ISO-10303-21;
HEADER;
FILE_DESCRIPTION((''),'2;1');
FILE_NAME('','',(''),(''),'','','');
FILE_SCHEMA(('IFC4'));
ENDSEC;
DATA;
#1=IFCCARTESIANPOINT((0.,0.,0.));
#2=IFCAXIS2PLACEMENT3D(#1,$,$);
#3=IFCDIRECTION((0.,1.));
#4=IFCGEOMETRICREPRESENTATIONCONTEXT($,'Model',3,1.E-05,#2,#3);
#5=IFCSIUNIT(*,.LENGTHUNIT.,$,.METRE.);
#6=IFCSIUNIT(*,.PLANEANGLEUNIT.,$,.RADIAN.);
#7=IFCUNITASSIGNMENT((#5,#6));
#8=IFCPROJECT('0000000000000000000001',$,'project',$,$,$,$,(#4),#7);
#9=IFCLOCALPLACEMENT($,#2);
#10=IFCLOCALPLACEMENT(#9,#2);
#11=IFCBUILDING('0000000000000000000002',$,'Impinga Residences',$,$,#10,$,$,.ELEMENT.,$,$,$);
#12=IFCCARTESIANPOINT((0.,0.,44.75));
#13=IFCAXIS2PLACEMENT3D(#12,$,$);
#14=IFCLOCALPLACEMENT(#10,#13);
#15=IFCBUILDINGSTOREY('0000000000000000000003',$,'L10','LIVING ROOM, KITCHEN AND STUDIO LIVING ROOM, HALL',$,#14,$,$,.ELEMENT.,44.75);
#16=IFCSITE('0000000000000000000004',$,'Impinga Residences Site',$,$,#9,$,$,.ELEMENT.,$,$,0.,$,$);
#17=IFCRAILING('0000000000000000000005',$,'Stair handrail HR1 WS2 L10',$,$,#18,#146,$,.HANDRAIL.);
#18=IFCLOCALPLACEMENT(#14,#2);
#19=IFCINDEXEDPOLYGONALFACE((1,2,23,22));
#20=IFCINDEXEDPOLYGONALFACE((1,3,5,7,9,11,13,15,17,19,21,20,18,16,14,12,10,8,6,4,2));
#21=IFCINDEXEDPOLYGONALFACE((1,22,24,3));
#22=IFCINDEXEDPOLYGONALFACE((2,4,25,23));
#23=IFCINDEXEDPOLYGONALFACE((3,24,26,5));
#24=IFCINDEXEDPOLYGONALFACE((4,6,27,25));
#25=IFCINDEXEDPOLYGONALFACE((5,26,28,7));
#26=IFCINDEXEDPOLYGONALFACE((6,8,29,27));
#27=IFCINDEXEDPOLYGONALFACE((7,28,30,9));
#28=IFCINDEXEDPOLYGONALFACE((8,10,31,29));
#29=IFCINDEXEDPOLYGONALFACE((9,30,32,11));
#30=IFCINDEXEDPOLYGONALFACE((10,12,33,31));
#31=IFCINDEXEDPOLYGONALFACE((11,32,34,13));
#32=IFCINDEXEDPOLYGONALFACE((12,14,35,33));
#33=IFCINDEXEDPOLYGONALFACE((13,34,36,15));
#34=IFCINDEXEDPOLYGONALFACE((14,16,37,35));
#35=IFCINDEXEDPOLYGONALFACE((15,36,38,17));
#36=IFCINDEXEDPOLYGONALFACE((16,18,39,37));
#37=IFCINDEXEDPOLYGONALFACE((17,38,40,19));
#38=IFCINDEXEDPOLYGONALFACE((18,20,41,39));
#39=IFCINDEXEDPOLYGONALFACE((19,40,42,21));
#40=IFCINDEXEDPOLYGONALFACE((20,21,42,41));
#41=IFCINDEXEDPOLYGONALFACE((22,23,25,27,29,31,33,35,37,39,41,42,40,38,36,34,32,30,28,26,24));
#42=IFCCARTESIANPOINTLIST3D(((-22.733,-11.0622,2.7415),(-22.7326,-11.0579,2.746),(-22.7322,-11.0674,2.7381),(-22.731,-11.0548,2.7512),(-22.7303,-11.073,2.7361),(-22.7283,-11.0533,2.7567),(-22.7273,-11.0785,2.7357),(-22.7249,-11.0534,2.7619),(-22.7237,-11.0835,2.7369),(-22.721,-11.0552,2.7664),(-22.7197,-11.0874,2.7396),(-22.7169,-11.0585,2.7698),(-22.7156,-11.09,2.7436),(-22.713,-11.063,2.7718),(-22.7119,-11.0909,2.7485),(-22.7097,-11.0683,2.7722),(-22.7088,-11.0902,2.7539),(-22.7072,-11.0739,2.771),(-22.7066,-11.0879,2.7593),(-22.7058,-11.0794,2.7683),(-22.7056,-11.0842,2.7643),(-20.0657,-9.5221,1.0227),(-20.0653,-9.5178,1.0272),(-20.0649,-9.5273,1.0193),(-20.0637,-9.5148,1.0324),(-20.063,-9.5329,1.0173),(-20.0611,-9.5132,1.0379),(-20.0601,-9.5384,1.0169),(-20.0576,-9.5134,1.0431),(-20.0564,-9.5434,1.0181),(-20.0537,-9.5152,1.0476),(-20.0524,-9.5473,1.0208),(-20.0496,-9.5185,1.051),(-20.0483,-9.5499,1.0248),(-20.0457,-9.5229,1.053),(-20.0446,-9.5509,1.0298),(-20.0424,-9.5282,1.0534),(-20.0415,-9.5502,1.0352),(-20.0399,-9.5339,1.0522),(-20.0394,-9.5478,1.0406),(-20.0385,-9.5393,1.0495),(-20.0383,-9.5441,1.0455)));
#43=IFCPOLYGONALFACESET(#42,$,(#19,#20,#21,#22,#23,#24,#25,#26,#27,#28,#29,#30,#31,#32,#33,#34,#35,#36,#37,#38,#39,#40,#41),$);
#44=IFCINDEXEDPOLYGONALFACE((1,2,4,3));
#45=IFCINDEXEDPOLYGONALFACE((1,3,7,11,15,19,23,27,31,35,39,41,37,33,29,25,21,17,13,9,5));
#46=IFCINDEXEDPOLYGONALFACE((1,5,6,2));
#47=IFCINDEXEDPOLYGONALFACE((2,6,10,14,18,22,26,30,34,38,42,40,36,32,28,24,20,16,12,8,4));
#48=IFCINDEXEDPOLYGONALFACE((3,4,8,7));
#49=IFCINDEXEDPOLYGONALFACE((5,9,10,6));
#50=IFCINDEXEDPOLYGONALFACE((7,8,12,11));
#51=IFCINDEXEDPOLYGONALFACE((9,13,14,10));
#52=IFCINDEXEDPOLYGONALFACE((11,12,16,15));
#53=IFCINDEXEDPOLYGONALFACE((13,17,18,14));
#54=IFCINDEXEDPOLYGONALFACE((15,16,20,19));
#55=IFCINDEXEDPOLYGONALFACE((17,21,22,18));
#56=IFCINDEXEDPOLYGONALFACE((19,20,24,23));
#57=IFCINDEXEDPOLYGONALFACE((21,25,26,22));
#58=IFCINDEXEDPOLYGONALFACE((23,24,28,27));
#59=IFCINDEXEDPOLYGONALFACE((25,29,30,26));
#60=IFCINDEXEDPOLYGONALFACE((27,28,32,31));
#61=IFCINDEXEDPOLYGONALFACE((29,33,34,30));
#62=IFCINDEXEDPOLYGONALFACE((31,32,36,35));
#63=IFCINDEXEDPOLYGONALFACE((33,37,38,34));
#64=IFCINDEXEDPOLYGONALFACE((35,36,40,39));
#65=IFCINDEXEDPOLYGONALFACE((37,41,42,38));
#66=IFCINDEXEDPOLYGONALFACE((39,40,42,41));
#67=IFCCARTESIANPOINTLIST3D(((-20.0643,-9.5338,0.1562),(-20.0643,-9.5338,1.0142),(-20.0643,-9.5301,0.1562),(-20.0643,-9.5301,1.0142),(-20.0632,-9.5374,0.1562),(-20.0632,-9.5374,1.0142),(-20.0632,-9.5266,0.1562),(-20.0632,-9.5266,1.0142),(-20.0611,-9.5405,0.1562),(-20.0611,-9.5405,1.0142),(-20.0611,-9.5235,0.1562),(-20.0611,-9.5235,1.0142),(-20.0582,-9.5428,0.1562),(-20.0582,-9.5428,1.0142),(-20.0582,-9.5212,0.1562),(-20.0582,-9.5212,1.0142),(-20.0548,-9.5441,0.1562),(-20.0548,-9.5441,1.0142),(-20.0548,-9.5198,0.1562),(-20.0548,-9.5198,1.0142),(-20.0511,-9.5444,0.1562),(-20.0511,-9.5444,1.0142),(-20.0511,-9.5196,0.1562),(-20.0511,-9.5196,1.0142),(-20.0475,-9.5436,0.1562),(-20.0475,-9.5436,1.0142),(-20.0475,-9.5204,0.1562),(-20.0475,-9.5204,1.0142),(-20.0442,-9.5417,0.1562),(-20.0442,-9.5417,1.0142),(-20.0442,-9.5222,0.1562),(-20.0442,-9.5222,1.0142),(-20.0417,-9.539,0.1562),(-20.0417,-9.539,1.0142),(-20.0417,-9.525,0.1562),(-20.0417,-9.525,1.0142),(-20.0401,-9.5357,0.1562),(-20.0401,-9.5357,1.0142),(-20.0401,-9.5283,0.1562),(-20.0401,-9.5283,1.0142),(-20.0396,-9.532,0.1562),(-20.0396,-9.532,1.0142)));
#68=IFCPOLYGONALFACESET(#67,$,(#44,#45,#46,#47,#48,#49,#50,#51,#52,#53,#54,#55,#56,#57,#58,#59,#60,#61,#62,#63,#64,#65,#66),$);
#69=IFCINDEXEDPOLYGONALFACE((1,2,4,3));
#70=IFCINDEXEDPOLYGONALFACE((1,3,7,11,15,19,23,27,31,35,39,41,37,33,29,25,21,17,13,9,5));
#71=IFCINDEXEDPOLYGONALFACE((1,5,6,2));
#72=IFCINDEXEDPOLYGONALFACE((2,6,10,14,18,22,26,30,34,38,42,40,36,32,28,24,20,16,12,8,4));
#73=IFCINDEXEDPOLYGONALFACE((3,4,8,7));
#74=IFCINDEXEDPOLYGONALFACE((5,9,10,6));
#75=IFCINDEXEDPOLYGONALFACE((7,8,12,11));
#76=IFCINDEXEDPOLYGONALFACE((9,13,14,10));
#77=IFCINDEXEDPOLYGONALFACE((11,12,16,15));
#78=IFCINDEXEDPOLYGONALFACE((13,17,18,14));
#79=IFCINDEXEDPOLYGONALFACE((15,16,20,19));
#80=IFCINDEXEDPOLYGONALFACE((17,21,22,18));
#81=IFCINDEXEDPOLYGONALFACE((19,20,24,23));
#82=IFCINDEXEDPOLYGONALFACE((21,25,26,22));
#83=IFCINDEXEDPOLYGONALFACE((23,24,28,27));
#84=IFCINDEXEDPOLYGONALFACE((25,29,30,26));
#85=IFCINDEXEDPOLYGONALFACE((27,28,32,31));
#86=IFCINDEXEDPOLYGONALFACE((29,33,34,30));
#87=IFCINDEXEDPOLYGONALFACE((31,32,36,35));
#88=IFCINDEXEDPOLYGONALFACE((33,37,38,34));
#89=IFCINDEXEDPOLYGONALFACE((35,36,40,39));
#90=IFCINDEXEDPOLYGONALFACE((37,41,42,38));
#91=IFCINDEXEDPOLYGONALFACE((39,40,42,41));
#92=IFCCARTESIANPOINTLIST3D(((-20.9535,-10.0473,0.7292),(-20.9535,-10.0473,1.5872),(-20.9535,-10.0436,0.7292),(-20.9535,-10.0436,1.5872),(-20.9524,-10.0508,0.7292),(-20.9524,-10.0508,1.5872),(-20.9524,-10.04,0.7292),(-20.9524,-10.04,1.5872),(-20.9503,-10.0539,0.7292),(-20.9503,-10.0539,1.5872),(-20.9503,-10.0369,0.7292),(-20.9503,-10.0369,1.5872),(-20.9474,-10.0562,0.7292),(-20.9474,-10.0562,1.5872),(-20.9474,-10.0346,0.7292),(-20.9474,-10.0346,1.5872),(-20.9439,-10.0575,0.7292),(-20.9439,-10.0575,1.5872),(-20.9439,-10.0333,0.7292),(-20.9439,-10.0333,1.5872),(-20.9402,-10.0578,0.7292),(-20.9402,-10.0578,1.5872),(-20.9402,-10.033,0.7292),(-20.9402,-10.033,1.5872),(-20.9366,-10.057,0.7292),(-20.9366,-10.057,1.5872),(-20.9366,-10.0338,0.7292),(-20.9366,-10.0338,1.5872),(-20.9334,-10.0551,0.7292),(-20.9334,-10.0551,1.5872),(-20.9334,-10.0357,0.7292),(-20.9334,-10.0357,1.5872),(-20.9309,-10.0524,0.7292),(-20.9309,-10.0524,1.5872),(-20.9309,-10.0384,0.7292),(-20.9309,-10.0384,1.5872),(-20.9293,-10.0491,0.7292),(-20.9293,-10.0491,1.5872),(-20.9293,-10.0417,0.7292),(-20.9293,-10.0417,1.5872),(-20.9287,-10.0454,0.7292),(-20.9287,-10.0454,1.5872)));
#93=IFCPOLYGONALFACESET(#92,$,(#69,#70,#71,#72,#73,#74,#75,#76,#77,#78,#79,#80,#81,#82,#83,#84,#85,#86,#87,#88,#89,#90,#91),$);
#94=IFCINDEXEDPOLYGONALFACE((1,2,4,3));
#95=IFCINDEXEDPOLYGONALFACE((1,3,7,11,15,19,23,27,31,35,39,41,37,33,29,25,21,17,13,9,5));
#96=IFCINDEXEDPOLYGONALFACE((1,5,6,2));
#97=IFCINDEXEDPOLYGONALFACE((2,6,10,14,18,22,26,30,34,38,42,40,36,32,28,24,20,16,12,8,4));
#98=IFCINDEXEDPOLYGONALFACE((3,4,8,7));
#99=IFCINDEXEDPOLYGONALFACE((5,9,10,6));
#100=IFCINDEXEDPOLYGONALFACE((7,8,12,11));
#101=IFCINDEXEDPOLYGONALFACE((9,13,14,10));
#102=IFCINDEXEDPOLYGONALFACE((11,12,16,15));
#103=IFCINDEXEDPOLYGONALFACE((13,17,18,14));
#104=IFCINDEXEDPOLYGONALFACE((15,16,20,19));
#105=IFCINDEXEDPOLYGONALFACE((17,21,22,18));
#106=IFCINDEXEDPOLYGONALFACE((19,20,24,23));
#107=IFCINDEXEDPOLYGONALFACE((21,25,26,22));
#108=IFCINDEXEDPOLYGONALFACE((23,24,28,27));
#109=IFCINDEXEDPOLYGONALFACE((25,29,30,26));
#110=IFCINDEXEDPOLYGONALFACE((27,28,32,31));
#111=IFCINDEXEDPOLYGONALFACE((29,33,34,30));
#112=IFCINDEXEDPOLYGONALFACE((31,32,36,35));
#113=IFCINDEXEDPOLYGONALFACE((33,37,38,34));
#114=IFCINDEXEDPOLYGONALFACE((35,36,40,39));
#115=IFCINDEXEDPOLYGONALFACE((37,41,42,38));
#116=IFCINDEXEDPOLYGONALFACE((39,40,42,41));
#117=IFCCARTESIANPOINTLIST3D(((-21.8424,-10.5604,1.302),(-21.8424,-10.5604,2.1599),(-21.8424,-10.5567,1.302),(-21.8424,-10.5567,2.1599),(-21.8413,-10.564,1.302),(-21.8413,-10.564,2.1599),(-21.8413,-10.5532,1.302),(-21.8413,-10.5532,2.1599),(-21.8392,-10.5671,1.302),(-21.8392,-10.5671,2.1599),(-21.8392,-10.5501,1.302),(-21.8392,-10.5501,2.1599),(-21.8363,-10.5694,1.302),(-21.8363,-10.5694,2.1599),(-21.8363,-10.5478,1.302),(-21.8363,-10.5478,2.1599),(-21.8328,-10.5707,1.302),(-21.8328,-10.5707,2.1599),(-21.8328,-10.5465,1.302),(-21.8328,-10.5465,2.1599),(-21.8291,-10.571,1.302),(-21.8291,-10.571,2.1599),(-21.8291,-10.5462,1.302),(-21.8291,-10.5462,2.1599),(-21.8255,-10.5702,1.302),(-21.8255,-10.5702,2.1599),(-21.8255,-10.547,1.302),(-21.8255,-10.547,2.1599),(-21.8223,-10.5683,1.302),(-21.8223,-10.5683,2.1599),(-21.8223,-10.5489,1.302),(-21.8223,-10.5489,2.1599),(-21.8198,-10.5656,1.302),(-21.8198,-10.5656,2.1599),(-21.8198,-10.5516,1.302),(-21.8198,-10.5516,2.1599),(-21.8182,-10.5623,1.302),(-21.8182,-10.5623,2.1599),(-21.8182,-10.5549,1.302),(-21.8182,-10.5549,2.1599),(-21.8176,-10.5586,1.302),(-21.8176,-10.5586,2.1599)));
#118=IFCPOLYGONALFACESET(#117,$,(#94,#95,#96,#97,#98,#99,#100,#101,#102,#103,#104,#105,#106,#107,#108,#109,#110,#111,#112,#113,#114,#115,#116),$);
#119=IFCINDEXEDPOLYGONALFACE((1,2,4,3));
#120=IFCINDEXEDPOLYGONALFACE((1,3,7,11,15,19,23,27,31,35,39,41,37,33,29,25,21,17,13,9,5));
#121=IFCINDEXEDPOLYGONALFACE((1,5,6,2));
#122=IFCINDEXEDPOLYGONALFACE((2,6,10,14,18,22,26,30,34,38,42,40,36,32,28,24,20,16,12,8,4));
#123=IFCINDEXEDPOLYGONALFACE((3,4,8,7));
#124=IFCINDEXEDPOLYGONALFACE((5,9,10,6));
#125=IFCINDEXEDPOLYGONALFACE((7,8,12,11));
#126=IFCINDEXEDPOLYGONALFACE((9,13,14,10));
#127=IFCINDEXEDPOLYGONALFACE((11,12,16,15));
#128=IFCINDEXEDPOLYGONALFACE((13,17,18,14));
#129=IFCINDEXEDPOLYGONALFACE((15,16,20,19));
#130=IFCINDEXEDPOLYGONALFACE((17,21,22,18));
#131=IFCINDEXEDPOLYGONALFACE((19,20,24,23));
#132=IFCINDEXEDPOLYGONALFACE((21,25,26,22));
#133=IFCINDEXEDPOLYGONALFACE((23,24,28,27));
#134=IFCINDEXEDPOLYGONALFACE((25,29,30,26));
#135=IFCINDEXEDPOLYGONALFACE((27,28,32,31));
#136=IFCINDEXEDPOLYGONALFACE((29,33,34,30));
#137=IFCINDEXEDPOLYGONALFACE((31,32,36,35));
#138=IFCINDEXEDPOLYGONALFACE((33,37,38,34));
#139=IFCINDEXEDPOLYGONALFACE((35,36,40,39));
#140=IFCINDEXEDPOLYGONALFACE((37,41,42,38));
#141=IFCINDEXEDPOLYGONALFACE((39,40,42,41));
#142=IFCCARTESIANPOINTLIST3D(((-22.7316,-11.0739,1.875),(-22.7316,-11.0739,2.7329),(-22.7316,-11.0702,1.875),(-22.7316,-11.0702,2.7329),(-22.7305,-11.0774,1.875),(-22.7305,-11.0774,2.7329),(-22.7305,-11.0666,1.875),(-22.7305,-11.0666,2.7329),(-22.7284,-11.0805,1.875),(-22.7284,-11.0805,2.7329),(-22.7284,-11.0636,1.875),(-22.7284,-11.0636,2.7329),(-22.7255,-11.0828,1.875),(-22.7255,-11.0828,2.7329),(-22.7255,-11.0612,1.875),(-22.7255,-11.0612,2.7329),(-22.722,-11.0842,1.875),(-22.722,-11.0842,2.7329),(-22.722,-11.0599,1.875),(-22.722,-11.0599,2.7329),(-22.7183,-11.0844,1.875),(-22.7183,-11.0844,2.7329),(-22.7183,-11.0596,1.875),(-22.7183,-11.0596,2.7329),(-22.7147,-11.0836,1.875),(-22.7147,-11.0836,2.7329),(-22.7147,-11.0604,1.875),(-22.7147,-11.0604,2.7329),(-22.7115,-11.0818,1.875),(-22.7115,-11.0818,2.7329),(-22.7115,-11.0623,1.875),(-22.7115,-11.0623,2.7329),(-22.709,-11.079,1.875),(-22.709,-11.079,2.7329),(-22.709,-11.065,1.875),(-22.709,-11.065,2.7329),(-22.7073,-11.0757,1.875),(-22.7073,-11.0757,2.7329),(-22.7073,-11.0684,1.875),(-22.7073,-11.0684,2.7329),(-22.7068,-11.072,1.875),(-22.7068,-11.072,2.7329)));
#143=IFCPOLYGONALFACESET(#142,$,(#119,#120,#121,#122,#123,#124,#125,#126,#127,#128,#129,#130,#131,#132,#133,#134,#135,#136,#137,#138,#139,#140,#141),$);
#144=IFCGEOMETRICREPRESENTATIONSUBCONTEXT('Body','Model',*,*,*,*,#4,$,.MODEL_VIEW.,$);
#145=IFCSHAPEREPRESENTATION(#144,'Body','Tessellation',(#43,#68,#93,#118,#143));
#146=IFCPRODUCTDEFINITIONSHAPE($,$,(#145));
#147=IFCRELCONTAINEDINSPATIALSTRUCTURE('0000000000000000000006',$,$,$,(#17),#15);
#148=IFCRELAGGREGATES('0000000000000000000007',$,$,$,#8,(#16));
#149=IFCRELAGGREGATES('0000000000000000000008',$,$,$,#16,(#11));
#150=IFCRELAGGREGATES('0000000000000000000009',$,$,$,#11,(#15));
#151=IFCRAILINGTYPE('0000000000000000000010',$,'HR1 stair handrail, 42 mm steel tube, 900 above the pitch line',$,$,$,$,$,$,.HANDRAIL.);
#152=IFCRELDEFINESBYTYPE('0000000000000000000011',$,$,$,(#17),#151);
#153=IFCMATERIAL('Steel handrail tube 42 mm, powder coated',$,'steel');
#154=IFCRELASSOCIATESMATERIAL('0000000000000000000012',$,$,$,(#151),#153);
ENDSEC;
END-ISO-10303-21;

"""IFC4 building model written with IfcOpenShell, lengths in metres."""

from ifc_helpers import new_model, si_unit, direction, frame, origin, origin_2d, place, context, subcontext, project, spatial, circle, extrude, material, type_object, element, save


model = new_model("IFC4")

# Units and contexts
model_context = context("Model", 3, precision=1e-05, world=origin(), true_north=direction((0.0, 1.0)))
body_context = subcontext(model_context, "Body", "Model", "MODEL_VIEW")
ifc_project = project(units=[si_unit("LENGTHUNIT", "METRE"), si_unit("PLANEANGLEUNIT", "RADIAN")], contexts=[model_context])

# Site, building, storey
site_placement = place(None, origin())
site = spatial("IfcSite", under=ifc_project, at=site_placement, Name="Impinga Residences Site", CompositionType="ELEMENT", RefElevation=0.0)
building_placement = place(site_placement, origin())
building = spatial("IfcBuilding", under=site, at=building_placement, Name="Impinga Residences", CompositionType="ELEMENT")
storey_placement = place(building_placement, frame((0.0, 0.0, 44.75)))
storey = spatial("IfcBuildingStorey", under=building, at=storey_placement, Name="L10", Description="LIVING ROOM, KITCHEN AND STUDIO LIVING ROOM, HALL", CompositionType="ELEMENT", Elevation=44.75)

# Railing
ifc_material_1 = material(Name="Steel handrail tube 42 mm, powder coated", Category="steel")
railing_type_1 = type_object("IfcRailingType", Name="HR1 stair handrail, 42 mm steel tube, 900 above the pitch line", PredefinedType="HANDRAIL", material=ifc_material_1)
railing_1_placement = place(storey_placement, frame((-20.052, -9.532, 0.1562)))
element("IfcRailing", 1, at=railing_1_placement, inside=storey, type_object=railing_type_1, Name="Stair handrail HR1 WS2 L10", PredefinedType="HANDRAIL", context=body_context, shape_type="SweptSolid", body=[
    extrude(circle(Radius=0.021, at=origin_2d()), frame((0.0, 0.0, 0.8789), z_axis=(-0.756226, -0.436639, 0.487307), x_axis=(0.500027, -0.86601, 0.0)), (0.0, 0.0, 1.0), 3.5271),
    extrude(circle(Radius=0.0125, at=origin_2d()), origin(), (0.0, 0.0, 1.0), 0.8579),
    extrude(circle(Radius=0.0125, at=origin_2d()), frame((-0.8892, -0.5134, 0.573)), (0.0, 0.0, 1.0), 0.8579),
    extrude(circle(Radius=0.0125, at=origin_2d()), frame((-1.7781, -1.0266, 1.1458)), (0.0, 0.0, 1.0), 0.8579),
    extrude(circle(Radius=0.0125, at=origin_2d()), frame((-2.6672, -1.54, 1.7188)), (0.0, 0.0, 1.0), 0.8579),
])

save(model, "model.ifc")
